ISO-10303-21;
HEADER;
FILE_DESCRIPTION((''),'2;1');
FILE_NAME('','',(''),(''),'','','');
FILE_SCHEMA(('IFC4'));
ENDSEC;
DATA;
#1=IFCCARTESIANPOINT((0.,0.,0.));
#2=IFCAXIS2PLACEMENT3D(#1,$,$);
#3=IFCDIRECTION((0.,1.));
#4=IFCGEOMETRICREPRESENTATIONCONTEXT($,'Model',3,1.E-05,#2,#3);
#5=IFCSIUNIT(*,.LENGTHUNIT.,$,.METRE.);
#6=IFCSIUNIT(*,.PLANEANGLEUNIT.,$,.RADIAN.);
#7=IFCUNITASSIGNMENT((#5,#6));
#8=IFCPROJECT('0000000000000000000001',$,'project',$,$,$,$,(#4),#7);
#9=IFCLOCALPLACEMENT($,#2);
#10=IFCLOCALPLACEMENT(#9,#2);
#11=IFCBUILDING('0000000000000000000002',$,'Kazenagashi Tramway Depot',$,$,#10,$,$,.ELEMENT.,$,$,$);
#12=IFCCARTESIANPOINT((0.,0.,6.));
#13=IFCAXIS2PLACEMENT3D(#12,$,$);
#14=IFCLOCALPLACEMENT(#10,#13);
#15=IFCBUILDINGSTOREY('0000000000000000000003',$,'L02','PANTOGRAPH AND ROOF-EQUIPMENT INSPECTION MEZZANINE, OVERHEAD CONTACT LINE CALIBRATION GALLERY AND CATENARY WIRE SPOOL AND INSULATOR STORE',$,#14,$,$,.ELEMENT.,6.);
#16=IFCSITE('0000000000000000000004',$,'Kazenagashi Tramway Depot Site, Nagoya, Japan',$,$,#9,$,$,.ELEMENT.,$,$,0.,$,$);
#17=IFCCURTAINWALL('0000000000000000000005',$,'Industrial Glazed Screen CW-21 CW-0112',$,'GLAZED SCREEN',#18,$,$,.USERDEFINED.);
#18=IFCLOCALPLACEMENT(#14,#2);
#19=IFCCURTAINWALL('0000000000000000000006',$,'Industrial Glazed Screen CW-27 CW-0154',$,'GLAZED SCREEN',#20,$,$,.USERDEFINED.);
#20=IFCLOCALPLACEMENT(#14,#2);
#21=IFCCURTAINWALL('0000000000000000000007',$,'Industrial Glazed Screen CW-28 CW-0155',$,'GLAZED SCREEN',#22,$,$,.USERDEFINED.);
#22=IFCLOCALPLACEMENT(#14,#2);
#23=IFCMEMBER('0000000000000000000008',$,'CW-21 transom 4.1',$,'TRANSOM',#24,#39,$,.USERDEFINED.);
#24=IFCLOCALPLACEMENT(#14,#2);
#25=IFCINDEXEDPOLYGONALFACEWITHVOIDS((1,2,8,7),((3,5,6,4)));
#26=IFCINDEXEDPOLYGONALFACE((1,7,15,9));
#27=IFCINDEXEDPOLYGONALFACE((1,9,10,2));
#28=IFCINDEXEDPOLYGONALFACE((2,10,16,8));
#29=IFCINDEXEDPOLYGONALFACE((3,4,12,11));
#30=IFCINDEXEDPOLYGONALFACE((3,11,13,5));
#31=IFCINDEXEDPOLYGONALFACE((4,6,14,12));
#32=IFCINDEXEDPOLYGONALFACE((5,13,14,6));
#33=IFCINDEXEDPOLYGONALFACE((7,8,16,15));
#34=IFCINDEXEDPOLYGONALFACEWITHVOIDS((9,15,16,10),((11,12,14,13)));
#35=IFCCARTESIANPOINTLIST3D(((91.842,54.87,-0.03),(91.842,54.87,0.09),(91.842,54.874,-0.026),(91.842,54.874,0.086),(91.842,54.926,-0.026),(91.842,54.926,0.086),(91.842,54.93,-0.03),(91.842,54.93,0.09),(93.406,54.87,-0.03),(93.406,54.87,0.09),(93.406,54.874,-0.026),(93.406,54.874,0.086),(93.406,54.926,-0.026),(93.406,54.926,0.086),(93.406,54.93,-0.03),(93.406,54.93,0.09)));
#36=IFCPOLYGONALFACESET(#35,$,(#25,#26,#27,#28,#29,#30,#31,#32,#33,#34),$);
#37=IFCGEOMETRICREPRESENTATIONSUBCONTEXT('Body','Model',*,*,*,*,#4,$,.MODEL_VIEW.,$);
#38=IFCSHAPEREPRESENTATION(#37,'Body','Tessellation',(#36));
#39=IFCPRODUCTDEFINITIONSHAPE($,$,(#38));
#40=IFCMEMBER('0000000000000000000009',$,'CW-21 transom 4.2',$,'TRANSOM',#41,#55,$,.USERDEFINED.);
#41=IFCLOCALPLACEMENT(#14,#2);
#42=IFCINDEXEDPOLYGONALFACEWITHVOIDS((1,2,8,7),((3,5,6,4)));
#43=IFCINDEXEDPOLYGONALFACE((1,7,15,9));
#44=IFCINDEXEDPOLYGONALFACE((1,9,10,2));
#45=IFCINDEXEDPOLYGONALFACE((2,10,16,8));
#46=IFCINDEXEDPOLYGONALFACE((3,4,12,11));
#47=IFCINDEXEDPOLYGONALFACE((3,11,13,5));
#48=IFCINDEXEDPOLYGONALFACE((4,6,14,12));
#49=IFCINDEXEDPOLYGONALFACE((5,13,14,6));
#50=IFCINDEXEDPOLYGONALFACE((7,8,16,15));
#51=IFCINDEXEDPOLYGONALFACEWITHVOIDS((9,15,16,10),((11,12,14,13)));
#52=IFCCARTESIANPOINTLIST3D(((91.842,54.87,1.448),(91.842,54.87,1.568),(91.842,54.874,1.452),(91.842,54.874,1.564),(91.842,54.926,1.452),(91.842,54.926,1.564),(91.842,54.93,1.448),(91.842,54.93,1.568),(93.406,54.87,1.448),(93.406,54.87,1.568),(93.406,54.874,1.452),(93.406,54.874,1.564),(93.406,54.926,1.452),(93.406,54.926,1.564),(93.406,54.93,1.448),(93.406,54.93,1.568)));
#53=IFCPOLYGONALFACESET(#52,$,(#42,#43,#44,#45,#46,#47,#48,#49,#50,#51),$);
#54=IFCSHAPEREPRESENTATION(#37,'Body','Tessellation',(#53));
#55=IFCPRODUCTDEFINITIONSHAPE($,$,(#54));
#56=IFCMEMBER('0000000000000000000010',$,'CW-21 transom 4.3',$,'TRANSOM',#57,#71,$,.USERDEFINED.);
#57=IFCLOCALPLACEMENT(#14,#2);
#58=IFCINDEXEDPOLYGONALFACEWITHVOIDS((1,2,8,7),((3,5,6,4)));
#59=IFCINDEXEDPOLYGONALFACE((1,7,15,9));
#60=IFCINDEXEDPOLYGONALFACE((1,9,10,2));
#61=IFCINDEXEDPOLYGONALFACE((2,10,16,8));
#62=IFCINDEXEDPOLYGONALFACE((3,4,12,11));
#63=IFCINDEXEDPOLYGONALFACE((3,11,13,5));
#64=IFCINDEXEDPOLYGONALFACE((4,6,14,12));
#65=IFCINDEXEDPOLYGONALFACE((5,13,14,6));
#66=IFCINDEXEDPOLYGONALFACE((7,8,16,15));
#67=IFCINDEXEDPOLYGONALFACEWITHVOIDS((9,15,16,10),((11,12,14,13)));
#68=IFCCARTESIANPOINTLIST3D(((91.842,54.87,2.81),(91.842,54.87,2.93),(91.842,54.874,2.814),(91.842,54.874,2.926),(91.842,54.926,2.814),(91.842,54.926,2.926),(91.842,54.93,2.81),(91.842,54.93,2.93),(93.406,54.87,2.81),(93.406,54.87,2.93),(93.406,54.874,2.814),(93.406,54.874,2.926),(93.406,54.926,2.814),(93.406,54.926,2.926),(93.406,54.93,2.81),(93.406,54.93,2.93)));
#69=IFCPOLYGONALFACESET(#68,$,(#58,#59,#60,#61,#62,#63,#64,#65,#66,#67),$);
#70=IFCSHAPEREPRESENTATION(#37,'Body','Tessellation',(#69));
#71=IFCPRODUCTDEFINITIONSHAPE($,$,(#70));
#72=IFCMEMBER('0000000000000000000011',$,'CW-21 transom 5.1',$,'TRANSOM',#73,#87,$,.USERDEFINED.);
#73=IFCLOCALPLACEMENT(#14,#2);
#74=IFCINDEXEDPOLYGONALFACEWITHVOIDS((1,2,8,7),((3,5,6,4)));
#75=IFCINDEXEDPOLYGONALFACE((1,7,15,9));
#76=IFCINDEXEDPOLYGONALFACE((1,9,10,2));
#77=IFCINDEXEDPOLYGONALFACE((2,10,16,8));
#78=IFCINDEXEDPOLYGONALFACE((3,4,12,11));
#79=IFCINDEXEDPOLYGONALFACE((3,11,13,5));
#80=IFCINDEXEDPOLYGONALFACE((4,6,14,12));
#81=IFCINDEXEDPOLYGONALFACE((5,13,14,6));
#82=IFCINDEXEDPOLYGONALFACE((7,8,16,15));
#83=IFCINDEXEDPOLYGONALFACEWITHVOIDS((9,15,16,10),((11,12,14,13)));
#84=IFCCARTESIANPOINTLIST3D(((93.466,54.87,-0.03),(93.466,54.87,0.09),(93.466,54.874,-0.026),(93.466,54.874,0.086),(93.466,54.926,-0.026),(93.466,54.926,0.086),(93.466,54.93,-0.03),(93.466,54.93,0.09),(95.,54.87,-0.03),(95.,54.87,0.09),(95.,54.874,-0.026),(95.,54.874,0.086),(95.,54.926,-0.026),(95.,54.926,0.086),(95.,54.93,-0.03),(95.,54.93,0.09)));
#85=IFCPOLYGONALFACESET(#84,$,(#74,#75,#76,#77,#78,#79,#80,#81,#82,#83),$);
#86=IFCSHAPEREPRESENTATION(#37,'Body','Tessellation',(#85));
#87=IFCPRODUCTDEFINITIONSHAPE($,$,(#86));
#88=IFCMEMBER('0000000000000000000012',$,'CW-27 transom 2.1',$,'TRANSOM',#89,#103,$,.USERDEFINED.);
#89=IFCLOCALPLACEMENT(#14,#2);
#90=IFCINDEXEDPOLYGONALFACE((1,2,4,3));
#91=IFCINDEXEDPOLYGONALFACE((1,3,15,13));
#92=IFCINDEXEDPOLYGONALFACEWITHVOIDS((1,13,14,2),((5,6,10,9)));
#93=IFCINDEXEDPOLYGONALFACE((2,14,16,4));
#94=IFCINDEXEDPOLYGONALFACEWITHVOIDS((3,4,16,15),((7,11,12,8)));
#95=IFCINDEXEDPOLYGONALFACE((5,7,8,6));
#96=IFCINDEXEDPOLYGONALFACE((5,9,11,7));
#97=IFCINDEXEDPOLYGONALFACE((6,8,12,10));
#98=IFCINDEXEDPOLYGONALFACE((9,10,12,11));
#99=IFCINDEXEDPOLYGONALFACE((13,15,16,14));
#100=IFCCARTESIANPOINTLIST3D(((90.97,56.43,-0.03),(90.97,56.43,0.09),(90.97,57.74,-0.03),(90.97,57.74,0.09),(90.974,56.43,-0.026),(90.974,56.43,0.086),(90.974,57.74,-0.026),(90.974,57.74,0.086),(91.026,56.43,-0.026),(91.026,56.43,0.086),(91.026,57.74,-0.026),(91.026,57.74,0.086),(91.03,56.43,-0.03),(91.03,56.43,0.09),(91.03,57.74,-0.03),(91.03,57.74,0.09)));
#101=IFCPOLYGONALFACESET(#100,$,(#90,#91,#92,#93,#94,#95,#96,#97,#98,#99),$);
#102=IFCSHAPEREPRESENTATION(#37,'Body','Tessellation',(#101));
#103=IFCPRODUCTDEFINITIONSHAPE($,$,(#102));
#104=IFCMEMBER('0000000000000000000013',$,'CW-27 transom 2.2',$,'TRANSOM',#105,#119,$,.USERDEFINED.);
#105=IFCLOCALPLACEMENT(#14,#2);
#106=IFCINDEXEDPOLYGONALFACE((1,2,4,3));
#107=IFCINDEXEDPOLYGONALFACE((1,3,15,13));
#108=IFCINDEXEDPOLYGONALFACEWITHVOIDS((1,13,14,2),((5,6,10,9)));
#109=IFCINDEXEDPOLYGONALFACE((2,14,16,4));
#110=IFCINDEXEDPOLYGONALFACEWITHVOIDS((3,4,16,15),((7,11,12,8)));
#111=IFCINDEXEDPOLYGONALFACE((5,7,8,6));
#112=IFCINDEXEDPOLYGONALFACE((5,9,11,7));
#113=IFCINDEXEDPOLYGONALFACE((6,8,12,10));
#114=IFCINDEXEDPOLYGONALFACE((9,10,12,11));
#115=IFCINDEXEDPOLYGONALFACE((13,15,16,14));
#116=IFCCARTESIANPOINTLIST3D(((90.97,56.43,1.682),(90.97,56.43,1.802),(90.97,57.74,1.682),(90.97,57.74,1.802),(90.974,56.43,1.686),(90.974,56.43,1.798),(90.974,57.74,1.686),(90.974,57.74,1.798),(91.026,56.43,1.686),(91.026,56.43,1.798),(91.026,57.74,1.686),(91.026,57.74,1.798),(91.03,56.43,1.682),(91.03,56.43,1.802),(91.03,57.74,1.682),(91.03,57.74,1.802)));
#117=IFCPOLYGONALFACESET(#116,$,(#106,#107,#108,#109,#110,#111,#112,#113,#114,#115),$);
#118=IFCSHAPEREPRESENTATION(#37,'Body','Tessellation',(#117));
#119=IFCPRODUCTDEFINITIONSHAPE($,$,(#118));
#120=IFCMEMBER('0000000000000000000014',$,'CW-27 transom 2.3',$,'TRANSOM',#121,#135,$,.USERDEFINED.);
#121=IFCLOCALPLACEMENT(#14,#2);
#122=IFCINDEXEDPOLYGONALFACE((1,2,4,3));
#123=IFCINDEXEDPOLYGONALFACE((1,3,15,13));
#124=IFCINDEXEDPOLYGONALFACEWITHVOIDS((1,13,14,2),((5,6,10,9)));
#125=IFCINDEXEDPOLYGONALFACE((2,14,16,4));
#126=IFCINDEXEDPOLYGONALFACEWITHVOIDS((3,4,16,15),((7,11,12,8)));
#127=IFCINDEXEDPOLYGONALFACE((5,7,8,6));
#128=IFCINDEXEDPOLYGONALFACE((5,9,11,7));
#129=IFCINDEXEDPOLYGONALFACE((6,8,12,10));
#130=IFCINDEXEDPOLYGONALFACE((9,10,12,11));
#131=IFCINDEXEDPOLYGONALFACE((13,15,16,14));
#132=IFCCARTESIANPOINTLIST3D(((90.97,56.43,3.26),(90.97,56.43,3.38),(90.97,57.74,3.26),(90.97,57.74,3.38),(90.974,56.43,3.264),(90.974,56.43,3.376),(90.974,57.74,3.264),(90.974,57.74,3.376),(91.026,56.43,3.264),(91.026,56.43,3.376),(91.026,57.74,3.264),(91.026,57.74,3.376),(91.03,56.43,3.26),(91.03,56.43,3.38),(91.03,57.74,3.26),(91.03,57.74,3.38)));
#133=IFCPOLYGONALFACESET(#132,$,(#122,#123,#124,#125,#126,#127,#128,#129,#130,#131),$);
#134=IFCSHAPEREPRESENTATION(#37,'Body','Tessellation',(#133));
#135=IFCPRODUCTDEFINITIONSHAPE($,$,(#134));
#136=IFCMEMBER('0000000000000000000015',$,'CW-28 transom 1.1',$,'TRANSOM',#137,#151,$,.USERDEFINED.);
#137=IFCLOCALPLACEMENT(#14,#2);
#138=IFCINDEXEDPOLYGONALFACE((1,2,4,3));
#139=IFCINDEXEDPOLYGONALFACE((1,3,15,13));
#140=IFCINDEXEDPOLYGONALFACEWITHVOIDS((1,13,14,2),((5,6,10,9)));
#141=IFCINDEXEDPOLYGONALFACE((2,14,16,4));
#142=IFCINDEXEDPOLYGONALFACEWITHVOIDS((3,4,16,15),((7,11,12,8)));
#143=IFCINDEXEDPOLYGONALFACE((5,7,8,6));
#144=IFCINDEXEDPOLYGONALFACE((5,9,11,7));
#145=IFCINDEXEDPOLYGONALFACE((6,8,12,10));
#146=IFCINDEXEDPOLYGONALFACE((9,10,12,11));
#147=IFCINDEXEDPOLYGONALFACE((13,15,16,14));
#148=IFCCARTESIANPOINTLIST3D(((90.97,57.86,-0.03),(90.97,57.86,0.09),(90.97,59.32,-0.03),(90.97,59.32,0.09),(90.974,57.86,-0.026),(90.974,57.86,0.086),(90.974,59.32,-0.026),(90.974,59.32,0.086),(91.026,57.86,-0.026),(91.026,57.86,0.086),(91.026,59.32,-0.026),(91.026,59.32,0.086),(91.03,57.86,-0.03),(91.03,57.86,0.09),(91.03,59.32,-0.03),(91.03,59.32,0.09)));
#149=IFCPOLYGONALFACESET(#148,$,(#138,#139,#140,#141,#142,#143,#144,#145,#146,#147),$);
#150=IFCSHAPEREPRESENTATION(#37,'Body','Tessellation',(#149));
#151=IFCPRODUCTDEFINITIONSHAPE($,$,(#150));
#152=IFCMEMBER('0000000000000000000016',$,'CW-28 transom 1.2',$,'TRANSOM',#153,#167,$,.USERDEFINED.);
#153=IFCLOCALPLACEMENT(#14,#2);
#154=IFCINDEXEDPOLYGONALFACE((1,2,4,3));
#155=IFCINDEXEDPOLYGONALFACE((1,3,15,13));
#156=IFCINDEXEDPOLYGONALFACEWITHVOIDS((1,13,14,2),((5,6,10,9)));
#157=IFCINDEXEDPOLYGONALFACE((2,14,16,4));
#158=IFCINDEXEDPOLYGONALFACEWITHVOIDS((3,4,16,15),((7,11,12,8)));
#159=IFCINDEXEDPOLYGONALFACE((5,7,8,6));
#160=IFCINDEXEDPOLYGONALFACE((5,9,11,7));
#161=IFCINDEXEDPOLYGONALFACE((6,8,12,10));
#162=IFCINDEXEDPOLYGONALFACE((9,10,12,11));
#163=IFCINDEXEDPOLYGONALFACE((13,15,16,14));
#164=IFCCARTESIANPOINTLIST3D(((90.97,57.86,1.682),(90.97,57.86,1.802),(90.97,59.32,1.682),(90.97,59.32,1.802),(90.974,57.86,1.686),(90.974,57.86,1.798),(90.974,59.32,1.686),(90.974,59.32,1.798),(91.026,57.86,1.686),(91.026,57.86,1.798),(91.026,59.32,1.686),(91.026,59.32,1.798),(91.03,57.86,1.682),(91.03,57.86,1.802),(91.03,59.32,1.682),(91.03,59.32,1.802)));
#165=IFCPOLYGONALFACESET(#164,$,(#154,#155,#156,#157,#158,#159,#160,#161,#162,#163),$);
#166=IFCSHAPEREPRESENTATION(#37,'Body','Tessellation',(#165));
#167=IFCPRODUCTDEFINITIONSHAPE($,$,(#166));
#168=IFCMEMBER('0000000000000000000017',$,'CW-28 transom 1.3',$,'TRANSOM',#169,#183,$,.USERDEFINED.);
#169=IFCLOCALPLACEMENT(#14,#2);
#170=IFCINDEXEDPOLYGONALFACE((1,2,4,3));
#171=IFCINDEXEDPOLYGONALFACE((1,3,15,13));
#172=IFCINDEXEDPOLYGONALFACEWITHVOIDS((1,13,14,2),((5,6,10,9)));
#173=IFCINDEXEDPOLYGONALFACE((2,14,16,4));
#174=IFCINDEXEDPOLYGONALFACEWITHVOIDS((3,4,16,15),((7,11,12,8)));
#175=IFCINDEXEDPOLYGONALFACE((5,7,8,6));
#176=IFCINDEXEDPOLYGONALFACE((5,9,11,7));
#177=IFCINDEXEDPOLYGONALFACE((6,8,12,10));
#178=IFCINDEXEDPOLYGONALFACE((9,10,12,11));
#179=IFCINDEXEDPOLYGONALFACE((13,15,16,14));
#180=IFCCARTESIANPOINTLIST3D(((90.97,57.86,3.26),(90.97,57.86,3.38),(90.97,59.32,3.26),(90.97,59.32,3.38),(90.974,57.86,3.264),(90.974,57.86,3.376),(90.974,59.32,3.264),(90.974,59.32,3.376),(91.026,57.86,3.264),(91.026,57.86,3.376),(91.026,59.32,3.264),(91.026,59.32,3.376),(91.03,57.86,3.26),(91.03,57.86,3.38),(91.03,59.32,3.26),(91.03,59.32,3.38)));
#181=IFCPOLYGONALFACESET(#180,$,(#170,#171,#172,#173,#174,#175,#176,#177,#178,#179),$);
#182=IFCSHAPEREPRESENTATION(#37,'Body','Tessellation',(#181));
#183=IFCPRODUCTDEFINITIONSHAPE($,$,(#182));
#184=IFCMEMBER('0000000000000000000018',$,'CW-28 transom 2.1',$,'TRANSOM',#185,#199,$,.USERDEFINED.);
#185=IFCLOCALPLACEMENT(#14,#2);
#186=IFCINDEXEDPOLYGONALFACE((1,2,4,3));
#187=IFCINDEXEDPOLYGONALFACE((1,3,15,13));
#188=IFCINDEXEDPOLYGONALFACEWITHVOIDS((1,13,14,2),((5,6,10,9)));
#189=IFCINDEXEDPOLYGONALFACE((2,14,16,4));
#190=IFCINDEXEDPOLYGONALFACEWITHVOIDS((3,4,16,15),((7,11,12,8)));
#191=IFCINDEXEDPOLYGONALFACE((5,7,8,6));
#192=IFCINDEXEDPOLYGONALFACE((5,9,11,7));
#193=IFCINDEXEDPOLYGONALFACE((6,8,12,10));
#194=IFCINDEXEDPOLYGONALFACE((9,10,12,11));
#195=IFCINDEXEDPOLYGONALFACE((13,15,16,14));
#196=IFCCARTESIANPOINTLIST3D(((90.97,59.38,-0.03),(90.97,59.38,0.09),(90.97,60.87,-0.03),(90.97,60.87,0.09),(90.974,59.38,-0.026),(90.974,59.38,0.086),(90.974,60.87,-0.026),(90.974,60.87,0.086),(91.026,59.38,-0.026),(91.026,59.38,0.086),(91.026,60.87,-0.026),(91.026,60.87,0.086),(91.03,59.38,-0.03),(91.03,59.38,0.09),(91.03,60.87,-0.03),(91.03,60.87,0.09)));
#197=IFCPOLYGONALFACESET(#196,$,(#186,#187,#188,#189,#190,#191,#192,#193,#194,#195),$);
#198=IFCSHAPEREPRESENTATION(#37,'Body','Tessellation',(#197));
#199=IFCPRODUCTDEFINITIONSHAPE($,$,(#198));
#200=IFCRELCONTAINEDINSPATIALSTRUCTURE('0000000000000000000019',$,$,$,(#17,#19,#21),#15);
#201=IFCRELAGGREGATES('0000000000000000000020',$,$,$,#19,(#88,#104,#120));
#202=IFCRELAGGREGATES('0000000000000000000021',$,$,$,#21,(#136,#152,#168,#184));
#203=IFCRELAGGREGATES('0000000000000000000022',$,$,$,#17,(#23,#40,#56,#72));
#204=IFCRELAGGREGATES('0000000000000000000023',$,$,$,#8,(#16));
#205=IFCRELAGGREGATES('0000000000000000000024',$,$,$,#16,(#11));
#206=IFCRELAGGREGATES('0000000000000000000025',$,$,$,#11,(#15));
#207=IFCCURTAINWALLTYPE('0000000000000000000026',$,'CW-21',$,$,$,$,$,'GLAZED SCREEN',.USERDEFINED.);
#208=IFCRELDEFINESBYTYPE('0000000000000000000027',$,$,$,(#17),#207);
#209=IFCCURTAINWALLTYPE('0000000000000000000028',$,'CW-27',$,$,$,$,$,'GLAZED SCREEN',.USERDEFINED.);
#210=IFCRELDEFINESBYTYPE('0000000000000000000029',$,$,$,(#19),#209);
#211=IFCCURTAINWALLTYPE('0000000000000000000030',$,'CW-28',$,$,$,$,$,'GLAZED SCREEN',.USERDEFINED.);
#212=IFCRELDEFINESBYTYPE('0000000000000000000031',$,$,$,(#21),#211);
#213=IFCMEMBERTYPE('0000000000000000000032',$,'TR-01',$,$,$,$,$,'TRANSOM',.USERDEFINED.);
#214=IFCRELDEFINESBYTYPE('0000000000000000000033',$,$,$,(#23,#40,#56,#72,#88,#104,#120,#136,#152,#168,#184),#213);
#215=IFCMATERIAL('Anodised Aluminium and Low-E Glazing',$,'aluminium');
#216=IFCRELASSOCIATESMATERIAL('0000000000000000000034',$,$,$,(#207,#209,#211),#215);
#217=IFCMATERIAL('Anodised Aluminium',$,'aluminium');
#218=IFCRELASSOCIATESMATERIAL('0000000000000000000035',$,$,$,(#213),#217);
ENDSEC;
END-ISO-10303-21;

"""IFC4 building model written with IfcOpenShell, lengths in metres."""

from ifc_helpers import new_model, si_unit, direction, frame, origin, origin_2d, place, context, subcontext, project, spatial, hollow_rectangle, extrude, material, material_profile, profile_set, type_object, element, aggregate, save


model = new_model("IFC4")

# Units and contexts
model_context = context("Model", 3, precision=1e-05, world=origin(), true_north=direction((0.0, 1.0)))
body_context = subcontext(model_context, "Body", "Model", "MODEL_VIEW")
ifc_project = project(units=[si_unit("LENGTHUNIT", "METRE"), si_unit("PLANEANGLEUNIT", "RADIAN")], contexts=[model_context])

# Site, building, storey
site_placement = place(None, origin())
site = spatial("IfcSite", under=ifc_project, at=site_placement, Name="Kazenagashi Tramway Depot Site, Nagoya, Japan", CompositionType="ELEMENT", RefElevation=0.0)
building_placement = place(site_placement, origin())
building = spatial("IfcBuilding", under=site, at=building_placement, Name="Kazenagashi Tramway Depot", CompositionType="ELEMENT")
storey_placement = place(building_placement, frame((0.0, 0.0, 6.0)))
storey = spatial("IfcBuildingStorey", under=building, at=storey_placement, Name="L02", Description="PANTOGRAPH AND ROOF-EQUIPMENT INSPECTION MEZZANINE, OVERHEAD CONTACT LINE CALIBRATION GALLERY AND CATENARY WIRE SPOOL AND INSULATOR STORE", CompositionType="ELEMENT", Elevation=6.0)

# Curtain walls
ifc_material_1 = material(Name="Anodised Aluminium and Low-E Glazing", Category="aluminium")
curtain_wall_type_1 = type_object("IfcCurtainWallType", Name="CW-21", ElementType="GLAZED SCREEN", PredefinedType="USERDEFINED", material=ifc_material_1)
curtain_wall_1_placement = place(storey_placement, origin())
curtain_wall_1 = element("IfcCurtainWall", 1, at=curtain_wall_1_placement, inside=storey, type_object=curtain_wall_type_1, Name="Industrial Glazed Screen CW-21 CW-0112", ObjectType="GLAZED SCREEN", PredefinedType="USERDEFINED")
ifc_material_2 = material(Name="Anodised Aluminium", Category="aluminium")
curtain_wall_type_2 = type_object("IfcCurtainWallType", Name="CW-27", ElementType="GLAZED SCREEN", PredefinedType="USERDEFINED", material=ifc_material_1)
curtain_wall_2_placement = place(storey_placement, origin())
curtain_wall_2 = element("IfcCurtainWall", 2, at=curtain_wall_2_placement, inside=storey, type_object=curtain_wall_type_2, Name="Industrial Glazed Screen CW-27 CW-0154", ObjectType="GLAZED SCREEN", PredefinedType="USERDEFINED")
curtain_wall_type_3 = type_object("IfcCurtainWallType", Name="CW-28", ElementType="GLAZED SCREEN", PredefinedType="USERDEFINED", material=ifc_material_1)
curtain_wall_3_placement = place(storey_placement, origin())
curtain_wall_3 = element("IfcCurtainWall", 3, at=curtain_wall_3_placement, inside=storey, type_object=curtain_wall_type_3, Name="Industrial Glazed Screen CW-28 CW-0155", ObjectType="GLAZED SCREEN", PredefinedType="USERDEFINED")

# Members
ifc_material_profile_1 = material_profile(ifc_material_2, hollow_rectangle(XDim=0.06, YDim=0.12, WallThickness=0.004, at=origin_2d()), Name="RHS-120x60x4")
ifc_profile_set_1 = profile_set([ifc_material_profile_1], Name="Anodised Aluminium")
member_type_1 = type_object("IfcMemberType", Name="TR-01", ElementType="TRANSOM", PredefinedType="USERDEFINED", material=ifc_profile_set_1)
member_1_placement = place(storey_placement, frame((91.842, 54.9, 0.03), z_axis=(1.0, 0.0, 0.0), x_axis=(0.0, 1.0, 0.0)))
member_1 = element("IfcMember", 4, at=member_1_placement, type_object=member_type_1, Name="CW-21 transom 4.1", ObjectType="TRANSOM", PredefinedType="USERDEFINED", context=body_context, shape_type="SweptSolid", body=[
    extrude(hollow_rectangle(XDim=0.06, YDim=0.12, WallThickness=0.004, at=origin_2d()), origin(), (0.0, 0.0, 1.0), 1.564),
])
member_2_placement = place(storey_placement, frame((91.842, 54.9, 1.508), z_axis=(1.0, 0.0, 0.0), x_axis=(0.0, 1.0, 0.0)))
member_2 = element("IfcMember", 5, at=member_2_placement, type_object=member_type_1, Name="CW-21 transom 4.2", ObjectType="TRANSOM", PredefinedType="USERDEFINED", context=body_context, shape_type="SweptSolid", body=[
    extrude(hollow_rectangle(XDim=0.06, YDim=0.12, WallThickness=0.004, at=origin_2d()), origin(), (0.0, 0.0, 1.0), 1.564),
])
member_3_placement = place(storey_placement, frame((91.842, 54.9, 2.87), z_axis=(1.0, 0.0, 0.0), x_axis=(0.0, 1.0, 0.0)))
member_3 = element("IfcMember", 6, at=member_3_placement, type_object=member_type_1, Name="CW-21 transom 4.3", ObjectType="TRANSOM", PredefinedType="USERDEFINED", context=body_context, shape_type="SweptSolid", body=[
    extrude(hollow_rectangle(XDim=0.06, YDim=0.12, WallThickness=0.004, at=origin_2d()), origin(), (0.0, 0.0, 1.0), 1.564),
])
member_4_placement = place(storey_placement, frame((93.466, 54.9, 0.03), z_axis=(1.0, 0.0, 0.0), x_axis=(0.0, 1.0, 0.0)))
member_4 = element("IfcMember", 7, at=member_4_placement, type_object=member_type_1, Name="CW-21 transom 5.1", ObjectType="TRANSOM", PredefinedType="USERDEFINED", context=body_context, shape_type="SweptSolid", body=[
    extrude(hollow_rectangle(XDim=0.06, YDim=0.12, WallThickness=0.004, at=origin_2d()), origin(), (0.0, 0.0, 1.0), 1.534),
])
member_5_placement = place(storey_placement, frame((91.0, 56.43, 0.03), z_axis=(0.0, 1.0, 0.0), x_axis=(-1.0, 0.0, 0.0)))
member_5 = element("IfcMember", 8, at=member_5_placement, type_object=member_type_1, Name="CW-27 transom 2.1", ObjectType="TRANSOM", PredefinedType="USERDEFINED", context=body_context, shape_type="SweptSolid", body=[
    extrude(hollow_rectangle(XDim=0.06, YDim=0.12, WallThickness=0.004, at=origin_2d()), origin(), (0.0, 0.0, 1.0), 1.31),
])
member_6_placement = place(storey_placement, frame((91.0, 56.43, 1.742), z_axis=(0.0, 1.0, 0.0), x_axis=(-1.0, 0.0, 0.0)))
member_6 = element("IfcMember", 9, at=member_6_placement, type_object=member_type_1, Name="CW-27 transom 2.2", ObjectType="TRANSOM", PredefinedType="USERDEFINED", context=body_context, shape_type="SweptSolid", body=[
    extrude(hollow_rectangle(XDim=0.06, YDim=0.12, WallThickness=0.004, at=origin_2d()), origin(), (0.0, 0.0, 1.0), 1.31),
])
member_7_placement = place(storey_placement, frame((91.0, 56.43, 3.32), z_axis=(0.0, 1.0, 0.0), x_axis=(-1.0, 0.0, 0.0)))
member_7 = element("IfcMember", 10, at=member_7_placement, type_object=member_type_1, Name="CW-27 transom 2.3", ObjectType="TRANSOM", PredefinedType="USERDEFINED", context=body_context, shape_type="SweptSolid", body=[
    extrude(hollow_rectangle(XDim=0.06, YDim=0.12, WallThickness=0.004, at=origin_2d()), origin(), (0.0, 0.0, 1.0), 1.31),
])
member_8_placement = place(storey_placement, frame((91.0, 57.86, 0.03), z_axis=(0.0, 1.0, 0.0), x_axis=(-1.0, 0.0, 0.0)))
member_8 = element("IfcMember", 11, at=member_8_placement, type_object=member_type_1, Name="CW-28 transom 1.1", ObjectType="TRANSOM", PredefinedType="USERDEFINED", context=body_context, shape_type="SweptSolid", body=[
    extrude(hollow_rectangle(XDim=0.06, YDim=0.12, WallThickness=0.004, at=origin_2d()), origin(), (0.0, 0.0, 1.0), 1.46),
])
member_9_placement = place(storey_placement, frame((91.0, 57.86, 1.742), z_axis=(0.0, 1.0, 0.0), x_axis=(-1.0, 0.0, 0.0)))
member_9 = element("IfcMember", 12, at=member_9_placement, type_object=member_type_1, Name="CW-28 transom 1.2", ObjectType="TRANSOM", PredefinedType="USERDEFINED", context=body_context, shape_type="SweptSolid", body=[
    extrude(hollow_rectangle(XDim=0.06, YDim=0.12, WallThickness=0.004, at=origin_2d()), origin(), (0.0, 0.0, 1.0), 1.46),
])
member_10_placement = place(storey_placement, frame((91.0, 57.86, 3.32), z_axis=(0.0, 1.0, 0.0), x_axis=(-1.0, 0.0, 0.0)))
member_10 = element("IfcMember", 13, at=member_10_placement, type_object=member_type_1, Name="CW-28 transom 1.3", ObjectType="TRANSOM", PredefinedType="USERDEFINED", context=body_context, shape_type="SweptSolid", body=[
    extrude(hollow_rectangle(XDim=0.06, YDim=0.12, WallThickness=0.004, at=origin_2d()), origin(), (0.0, 0.0, 1.0), 1.46),
])
member_11_placement = place(storey_placement, frame((91.0, 59.38, 0.03), z_axis=(0.0, 1.0, 0.0), x_axis=(-1.0, 0.0, 0.0)))
member_11 = element("IfcMember", 14, at=member_11_placement, type_object=member_type_1, Name="CW-28 transom 2.1", ObjectType="TRANSOM", PredefinedType="USERDEFINED", context=body_context, shape_type="SweptSolid", body=[
    extrude(hollow_rectangle(XDim=0.06, YDim=0.12, WallThickness=0.004, at=origin_2d()), origin(), (0.0, 0.0, 1.0), 1.49),
])

aggregate(curtain_wall_2, [member_5, member_6, member_7])
aggregate(curtain_wall_3, [member_8, member_9, member_10, member_11])
aggregate(curtain_wall_1, [member_1, member_2, member_3, member_4])

save(model, "model.ifc")
